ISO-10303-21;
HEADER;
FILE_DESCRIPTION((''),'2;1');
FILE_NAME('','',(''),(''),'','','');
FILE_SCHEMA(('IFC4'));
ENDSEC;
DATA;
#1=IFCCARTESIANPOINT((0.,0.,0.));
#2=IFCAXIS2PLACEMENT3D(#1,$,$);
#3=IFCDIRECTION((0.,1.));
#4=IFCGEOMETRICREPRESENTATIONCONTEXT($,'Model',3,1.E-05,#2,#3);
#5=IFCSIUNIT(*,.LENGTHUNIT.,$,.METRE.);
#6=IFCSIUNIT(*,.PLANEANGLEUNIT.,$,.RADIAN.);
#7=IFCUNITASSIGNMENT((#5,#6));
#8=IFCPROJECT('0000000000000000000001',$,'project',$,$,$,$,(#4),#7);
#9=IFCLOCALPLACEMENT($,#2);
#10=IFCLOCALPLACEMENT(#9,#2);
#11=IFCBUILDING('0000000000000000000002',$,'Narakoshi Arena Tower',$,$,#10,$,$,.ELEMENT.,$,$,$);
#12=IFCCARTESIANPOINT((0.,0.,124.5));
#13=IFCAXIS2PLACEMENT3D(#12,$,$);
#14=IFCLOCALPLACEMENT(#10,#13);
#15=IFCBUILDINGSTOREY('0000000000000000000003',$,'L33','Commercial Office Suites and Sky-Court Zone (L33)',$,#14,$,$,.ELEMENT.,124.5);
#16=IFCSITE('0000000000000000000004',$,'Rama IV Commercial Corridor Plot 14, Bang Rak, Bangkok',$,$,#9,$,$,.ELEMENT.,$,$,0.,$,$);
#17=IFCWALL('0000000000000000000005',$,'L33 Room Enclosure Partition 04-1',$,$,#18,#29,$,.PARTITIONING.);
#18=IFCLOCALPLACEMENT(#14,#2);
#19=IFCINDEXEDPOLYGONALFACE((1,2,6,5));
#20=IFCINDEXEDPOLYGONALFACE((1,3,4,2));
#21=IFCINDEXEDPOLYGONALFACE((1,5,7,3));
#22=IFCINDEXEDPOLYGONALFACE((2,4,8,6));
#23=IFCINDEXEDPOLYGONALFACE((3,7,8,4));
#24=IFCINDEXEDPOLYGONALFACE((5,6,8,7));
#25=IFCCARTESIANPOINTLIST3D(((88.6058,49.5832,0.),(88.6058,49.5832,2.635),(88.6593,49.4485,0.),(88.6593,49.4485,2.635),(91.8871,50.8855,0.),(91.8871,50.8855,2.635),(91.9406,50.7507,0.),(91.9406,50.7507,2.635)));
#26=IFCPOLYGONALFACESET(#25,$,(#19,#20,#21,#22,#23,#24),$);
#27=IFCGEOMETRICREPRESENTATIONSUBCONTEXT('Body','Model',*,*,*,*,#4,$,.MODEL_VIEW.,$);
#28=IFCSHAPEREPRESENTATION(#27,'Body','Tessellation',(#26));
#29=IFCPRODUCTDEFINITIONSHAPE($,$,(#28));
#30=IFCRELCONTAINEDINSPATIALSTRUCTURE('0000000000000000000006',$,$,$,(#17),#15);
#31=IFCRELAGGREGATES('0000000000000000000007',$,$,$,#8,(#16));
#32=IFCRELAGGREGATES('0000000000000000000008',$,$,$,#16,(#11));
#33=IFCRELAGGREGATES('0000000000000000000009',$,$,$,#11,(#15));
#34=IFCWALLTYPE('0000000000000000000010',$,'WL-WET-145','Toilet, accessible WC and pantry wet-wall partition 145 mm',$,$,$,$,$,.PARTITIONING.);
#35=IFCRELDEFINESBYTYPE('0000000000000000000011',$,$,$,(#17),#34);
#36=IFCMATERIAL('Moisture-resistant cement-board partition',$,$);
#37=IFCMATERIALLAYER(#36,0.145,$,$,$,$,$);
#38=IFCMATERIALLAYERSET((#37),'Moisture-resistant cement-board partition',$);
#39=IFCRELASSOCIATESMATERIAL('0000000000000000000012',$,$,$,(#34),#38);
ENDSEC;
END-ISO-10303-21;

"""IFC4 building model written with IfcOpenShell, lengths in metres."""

from ifc_helpers import new_model, si_unit, direction, frame, frame_2d, origin, place, context, subcontext, project, spatial, rectangle, extrude, material, layer, layer_set, type_object, element, save


model = new_model("IFC4")

# Units and contexts
model_context = context("Model", 3, precision=1e-05, world=origin(), true_north=direction((0.0, 1.0)))
body_context = subcontext(model_context, "Body", "Model", "MODEL_VIEW")
ifc_project = project(units=[si_unit("LENGTHUNIT", "METRE"), si_unit("PLANEANGLEUNIT", "RADIAN")], contexts=[model_context])

# Site, building, storey
site_placement = place(None, origin())
site = spatial("IfcSite", under=ifc_project, at=site_placement, Name="Rama IV Commercial Corridor Plot 14, Bang Rak, Bangkok", CompositionType="ELEMENT", RefElevation=0.0)
building_placement = place(site_placement, origin())
building = spatial("IfcBuilding", under=site, at=building_placement, Name="Narakoshi Arena Tower", CompositionType="ELEMENT")
storey_placement = place(building_placement, frame((0.0, 0.0, 124.5)))
storey = spatial("IfcBuildingStorey", under=building, at=storey_placement, Name="L33", Description="Commercial Office Suites and Sky-Court Zone (L33)", CompositionType="ELEMENT", Elevation=124.5)

# Shared definitions
ifc_material_1 = material(Name="Moisture-resistant cement-board partition")
ifc_layer_1 = layer(ifc_material_1, 0.145)
ifc_layer_set_1 = layer_set([ifc_layer_1], Name="Moisture-resistant cement-board partition")
wall_type_1 = type_object("IfcWallType", Name="WL-WET-145", Description="Toilet, accessible WC and pantry wet-wall partition 145 mm", PredefinedType="PARTITIONING", material=ifc_layer_set_1)

# Wall
wall_1_placement = place(storey_placement, frame((91.9138, 50.8181, 0.0), z_axis=(0.0, 0.0, 1.0), x_axis=(-0.929475, -0.368885, 0.0)))
element("IfcWall", 1, at=wall_1_placement, inside=storey, type_object=wall_type_1, Name="L33 Room Enclosure Partition 04-1", PredefinedType="PARTITIONING", context=body_context, shape_type="SweptSolid", body=[
    extrude(rectangle(XDim=3.5303, YDim=0.145, at=frame_2d((1.7651, 0.0))), origin(), (0.0, 0.0, 1.0), 2.635),
])

save(model, "model.ifc")
